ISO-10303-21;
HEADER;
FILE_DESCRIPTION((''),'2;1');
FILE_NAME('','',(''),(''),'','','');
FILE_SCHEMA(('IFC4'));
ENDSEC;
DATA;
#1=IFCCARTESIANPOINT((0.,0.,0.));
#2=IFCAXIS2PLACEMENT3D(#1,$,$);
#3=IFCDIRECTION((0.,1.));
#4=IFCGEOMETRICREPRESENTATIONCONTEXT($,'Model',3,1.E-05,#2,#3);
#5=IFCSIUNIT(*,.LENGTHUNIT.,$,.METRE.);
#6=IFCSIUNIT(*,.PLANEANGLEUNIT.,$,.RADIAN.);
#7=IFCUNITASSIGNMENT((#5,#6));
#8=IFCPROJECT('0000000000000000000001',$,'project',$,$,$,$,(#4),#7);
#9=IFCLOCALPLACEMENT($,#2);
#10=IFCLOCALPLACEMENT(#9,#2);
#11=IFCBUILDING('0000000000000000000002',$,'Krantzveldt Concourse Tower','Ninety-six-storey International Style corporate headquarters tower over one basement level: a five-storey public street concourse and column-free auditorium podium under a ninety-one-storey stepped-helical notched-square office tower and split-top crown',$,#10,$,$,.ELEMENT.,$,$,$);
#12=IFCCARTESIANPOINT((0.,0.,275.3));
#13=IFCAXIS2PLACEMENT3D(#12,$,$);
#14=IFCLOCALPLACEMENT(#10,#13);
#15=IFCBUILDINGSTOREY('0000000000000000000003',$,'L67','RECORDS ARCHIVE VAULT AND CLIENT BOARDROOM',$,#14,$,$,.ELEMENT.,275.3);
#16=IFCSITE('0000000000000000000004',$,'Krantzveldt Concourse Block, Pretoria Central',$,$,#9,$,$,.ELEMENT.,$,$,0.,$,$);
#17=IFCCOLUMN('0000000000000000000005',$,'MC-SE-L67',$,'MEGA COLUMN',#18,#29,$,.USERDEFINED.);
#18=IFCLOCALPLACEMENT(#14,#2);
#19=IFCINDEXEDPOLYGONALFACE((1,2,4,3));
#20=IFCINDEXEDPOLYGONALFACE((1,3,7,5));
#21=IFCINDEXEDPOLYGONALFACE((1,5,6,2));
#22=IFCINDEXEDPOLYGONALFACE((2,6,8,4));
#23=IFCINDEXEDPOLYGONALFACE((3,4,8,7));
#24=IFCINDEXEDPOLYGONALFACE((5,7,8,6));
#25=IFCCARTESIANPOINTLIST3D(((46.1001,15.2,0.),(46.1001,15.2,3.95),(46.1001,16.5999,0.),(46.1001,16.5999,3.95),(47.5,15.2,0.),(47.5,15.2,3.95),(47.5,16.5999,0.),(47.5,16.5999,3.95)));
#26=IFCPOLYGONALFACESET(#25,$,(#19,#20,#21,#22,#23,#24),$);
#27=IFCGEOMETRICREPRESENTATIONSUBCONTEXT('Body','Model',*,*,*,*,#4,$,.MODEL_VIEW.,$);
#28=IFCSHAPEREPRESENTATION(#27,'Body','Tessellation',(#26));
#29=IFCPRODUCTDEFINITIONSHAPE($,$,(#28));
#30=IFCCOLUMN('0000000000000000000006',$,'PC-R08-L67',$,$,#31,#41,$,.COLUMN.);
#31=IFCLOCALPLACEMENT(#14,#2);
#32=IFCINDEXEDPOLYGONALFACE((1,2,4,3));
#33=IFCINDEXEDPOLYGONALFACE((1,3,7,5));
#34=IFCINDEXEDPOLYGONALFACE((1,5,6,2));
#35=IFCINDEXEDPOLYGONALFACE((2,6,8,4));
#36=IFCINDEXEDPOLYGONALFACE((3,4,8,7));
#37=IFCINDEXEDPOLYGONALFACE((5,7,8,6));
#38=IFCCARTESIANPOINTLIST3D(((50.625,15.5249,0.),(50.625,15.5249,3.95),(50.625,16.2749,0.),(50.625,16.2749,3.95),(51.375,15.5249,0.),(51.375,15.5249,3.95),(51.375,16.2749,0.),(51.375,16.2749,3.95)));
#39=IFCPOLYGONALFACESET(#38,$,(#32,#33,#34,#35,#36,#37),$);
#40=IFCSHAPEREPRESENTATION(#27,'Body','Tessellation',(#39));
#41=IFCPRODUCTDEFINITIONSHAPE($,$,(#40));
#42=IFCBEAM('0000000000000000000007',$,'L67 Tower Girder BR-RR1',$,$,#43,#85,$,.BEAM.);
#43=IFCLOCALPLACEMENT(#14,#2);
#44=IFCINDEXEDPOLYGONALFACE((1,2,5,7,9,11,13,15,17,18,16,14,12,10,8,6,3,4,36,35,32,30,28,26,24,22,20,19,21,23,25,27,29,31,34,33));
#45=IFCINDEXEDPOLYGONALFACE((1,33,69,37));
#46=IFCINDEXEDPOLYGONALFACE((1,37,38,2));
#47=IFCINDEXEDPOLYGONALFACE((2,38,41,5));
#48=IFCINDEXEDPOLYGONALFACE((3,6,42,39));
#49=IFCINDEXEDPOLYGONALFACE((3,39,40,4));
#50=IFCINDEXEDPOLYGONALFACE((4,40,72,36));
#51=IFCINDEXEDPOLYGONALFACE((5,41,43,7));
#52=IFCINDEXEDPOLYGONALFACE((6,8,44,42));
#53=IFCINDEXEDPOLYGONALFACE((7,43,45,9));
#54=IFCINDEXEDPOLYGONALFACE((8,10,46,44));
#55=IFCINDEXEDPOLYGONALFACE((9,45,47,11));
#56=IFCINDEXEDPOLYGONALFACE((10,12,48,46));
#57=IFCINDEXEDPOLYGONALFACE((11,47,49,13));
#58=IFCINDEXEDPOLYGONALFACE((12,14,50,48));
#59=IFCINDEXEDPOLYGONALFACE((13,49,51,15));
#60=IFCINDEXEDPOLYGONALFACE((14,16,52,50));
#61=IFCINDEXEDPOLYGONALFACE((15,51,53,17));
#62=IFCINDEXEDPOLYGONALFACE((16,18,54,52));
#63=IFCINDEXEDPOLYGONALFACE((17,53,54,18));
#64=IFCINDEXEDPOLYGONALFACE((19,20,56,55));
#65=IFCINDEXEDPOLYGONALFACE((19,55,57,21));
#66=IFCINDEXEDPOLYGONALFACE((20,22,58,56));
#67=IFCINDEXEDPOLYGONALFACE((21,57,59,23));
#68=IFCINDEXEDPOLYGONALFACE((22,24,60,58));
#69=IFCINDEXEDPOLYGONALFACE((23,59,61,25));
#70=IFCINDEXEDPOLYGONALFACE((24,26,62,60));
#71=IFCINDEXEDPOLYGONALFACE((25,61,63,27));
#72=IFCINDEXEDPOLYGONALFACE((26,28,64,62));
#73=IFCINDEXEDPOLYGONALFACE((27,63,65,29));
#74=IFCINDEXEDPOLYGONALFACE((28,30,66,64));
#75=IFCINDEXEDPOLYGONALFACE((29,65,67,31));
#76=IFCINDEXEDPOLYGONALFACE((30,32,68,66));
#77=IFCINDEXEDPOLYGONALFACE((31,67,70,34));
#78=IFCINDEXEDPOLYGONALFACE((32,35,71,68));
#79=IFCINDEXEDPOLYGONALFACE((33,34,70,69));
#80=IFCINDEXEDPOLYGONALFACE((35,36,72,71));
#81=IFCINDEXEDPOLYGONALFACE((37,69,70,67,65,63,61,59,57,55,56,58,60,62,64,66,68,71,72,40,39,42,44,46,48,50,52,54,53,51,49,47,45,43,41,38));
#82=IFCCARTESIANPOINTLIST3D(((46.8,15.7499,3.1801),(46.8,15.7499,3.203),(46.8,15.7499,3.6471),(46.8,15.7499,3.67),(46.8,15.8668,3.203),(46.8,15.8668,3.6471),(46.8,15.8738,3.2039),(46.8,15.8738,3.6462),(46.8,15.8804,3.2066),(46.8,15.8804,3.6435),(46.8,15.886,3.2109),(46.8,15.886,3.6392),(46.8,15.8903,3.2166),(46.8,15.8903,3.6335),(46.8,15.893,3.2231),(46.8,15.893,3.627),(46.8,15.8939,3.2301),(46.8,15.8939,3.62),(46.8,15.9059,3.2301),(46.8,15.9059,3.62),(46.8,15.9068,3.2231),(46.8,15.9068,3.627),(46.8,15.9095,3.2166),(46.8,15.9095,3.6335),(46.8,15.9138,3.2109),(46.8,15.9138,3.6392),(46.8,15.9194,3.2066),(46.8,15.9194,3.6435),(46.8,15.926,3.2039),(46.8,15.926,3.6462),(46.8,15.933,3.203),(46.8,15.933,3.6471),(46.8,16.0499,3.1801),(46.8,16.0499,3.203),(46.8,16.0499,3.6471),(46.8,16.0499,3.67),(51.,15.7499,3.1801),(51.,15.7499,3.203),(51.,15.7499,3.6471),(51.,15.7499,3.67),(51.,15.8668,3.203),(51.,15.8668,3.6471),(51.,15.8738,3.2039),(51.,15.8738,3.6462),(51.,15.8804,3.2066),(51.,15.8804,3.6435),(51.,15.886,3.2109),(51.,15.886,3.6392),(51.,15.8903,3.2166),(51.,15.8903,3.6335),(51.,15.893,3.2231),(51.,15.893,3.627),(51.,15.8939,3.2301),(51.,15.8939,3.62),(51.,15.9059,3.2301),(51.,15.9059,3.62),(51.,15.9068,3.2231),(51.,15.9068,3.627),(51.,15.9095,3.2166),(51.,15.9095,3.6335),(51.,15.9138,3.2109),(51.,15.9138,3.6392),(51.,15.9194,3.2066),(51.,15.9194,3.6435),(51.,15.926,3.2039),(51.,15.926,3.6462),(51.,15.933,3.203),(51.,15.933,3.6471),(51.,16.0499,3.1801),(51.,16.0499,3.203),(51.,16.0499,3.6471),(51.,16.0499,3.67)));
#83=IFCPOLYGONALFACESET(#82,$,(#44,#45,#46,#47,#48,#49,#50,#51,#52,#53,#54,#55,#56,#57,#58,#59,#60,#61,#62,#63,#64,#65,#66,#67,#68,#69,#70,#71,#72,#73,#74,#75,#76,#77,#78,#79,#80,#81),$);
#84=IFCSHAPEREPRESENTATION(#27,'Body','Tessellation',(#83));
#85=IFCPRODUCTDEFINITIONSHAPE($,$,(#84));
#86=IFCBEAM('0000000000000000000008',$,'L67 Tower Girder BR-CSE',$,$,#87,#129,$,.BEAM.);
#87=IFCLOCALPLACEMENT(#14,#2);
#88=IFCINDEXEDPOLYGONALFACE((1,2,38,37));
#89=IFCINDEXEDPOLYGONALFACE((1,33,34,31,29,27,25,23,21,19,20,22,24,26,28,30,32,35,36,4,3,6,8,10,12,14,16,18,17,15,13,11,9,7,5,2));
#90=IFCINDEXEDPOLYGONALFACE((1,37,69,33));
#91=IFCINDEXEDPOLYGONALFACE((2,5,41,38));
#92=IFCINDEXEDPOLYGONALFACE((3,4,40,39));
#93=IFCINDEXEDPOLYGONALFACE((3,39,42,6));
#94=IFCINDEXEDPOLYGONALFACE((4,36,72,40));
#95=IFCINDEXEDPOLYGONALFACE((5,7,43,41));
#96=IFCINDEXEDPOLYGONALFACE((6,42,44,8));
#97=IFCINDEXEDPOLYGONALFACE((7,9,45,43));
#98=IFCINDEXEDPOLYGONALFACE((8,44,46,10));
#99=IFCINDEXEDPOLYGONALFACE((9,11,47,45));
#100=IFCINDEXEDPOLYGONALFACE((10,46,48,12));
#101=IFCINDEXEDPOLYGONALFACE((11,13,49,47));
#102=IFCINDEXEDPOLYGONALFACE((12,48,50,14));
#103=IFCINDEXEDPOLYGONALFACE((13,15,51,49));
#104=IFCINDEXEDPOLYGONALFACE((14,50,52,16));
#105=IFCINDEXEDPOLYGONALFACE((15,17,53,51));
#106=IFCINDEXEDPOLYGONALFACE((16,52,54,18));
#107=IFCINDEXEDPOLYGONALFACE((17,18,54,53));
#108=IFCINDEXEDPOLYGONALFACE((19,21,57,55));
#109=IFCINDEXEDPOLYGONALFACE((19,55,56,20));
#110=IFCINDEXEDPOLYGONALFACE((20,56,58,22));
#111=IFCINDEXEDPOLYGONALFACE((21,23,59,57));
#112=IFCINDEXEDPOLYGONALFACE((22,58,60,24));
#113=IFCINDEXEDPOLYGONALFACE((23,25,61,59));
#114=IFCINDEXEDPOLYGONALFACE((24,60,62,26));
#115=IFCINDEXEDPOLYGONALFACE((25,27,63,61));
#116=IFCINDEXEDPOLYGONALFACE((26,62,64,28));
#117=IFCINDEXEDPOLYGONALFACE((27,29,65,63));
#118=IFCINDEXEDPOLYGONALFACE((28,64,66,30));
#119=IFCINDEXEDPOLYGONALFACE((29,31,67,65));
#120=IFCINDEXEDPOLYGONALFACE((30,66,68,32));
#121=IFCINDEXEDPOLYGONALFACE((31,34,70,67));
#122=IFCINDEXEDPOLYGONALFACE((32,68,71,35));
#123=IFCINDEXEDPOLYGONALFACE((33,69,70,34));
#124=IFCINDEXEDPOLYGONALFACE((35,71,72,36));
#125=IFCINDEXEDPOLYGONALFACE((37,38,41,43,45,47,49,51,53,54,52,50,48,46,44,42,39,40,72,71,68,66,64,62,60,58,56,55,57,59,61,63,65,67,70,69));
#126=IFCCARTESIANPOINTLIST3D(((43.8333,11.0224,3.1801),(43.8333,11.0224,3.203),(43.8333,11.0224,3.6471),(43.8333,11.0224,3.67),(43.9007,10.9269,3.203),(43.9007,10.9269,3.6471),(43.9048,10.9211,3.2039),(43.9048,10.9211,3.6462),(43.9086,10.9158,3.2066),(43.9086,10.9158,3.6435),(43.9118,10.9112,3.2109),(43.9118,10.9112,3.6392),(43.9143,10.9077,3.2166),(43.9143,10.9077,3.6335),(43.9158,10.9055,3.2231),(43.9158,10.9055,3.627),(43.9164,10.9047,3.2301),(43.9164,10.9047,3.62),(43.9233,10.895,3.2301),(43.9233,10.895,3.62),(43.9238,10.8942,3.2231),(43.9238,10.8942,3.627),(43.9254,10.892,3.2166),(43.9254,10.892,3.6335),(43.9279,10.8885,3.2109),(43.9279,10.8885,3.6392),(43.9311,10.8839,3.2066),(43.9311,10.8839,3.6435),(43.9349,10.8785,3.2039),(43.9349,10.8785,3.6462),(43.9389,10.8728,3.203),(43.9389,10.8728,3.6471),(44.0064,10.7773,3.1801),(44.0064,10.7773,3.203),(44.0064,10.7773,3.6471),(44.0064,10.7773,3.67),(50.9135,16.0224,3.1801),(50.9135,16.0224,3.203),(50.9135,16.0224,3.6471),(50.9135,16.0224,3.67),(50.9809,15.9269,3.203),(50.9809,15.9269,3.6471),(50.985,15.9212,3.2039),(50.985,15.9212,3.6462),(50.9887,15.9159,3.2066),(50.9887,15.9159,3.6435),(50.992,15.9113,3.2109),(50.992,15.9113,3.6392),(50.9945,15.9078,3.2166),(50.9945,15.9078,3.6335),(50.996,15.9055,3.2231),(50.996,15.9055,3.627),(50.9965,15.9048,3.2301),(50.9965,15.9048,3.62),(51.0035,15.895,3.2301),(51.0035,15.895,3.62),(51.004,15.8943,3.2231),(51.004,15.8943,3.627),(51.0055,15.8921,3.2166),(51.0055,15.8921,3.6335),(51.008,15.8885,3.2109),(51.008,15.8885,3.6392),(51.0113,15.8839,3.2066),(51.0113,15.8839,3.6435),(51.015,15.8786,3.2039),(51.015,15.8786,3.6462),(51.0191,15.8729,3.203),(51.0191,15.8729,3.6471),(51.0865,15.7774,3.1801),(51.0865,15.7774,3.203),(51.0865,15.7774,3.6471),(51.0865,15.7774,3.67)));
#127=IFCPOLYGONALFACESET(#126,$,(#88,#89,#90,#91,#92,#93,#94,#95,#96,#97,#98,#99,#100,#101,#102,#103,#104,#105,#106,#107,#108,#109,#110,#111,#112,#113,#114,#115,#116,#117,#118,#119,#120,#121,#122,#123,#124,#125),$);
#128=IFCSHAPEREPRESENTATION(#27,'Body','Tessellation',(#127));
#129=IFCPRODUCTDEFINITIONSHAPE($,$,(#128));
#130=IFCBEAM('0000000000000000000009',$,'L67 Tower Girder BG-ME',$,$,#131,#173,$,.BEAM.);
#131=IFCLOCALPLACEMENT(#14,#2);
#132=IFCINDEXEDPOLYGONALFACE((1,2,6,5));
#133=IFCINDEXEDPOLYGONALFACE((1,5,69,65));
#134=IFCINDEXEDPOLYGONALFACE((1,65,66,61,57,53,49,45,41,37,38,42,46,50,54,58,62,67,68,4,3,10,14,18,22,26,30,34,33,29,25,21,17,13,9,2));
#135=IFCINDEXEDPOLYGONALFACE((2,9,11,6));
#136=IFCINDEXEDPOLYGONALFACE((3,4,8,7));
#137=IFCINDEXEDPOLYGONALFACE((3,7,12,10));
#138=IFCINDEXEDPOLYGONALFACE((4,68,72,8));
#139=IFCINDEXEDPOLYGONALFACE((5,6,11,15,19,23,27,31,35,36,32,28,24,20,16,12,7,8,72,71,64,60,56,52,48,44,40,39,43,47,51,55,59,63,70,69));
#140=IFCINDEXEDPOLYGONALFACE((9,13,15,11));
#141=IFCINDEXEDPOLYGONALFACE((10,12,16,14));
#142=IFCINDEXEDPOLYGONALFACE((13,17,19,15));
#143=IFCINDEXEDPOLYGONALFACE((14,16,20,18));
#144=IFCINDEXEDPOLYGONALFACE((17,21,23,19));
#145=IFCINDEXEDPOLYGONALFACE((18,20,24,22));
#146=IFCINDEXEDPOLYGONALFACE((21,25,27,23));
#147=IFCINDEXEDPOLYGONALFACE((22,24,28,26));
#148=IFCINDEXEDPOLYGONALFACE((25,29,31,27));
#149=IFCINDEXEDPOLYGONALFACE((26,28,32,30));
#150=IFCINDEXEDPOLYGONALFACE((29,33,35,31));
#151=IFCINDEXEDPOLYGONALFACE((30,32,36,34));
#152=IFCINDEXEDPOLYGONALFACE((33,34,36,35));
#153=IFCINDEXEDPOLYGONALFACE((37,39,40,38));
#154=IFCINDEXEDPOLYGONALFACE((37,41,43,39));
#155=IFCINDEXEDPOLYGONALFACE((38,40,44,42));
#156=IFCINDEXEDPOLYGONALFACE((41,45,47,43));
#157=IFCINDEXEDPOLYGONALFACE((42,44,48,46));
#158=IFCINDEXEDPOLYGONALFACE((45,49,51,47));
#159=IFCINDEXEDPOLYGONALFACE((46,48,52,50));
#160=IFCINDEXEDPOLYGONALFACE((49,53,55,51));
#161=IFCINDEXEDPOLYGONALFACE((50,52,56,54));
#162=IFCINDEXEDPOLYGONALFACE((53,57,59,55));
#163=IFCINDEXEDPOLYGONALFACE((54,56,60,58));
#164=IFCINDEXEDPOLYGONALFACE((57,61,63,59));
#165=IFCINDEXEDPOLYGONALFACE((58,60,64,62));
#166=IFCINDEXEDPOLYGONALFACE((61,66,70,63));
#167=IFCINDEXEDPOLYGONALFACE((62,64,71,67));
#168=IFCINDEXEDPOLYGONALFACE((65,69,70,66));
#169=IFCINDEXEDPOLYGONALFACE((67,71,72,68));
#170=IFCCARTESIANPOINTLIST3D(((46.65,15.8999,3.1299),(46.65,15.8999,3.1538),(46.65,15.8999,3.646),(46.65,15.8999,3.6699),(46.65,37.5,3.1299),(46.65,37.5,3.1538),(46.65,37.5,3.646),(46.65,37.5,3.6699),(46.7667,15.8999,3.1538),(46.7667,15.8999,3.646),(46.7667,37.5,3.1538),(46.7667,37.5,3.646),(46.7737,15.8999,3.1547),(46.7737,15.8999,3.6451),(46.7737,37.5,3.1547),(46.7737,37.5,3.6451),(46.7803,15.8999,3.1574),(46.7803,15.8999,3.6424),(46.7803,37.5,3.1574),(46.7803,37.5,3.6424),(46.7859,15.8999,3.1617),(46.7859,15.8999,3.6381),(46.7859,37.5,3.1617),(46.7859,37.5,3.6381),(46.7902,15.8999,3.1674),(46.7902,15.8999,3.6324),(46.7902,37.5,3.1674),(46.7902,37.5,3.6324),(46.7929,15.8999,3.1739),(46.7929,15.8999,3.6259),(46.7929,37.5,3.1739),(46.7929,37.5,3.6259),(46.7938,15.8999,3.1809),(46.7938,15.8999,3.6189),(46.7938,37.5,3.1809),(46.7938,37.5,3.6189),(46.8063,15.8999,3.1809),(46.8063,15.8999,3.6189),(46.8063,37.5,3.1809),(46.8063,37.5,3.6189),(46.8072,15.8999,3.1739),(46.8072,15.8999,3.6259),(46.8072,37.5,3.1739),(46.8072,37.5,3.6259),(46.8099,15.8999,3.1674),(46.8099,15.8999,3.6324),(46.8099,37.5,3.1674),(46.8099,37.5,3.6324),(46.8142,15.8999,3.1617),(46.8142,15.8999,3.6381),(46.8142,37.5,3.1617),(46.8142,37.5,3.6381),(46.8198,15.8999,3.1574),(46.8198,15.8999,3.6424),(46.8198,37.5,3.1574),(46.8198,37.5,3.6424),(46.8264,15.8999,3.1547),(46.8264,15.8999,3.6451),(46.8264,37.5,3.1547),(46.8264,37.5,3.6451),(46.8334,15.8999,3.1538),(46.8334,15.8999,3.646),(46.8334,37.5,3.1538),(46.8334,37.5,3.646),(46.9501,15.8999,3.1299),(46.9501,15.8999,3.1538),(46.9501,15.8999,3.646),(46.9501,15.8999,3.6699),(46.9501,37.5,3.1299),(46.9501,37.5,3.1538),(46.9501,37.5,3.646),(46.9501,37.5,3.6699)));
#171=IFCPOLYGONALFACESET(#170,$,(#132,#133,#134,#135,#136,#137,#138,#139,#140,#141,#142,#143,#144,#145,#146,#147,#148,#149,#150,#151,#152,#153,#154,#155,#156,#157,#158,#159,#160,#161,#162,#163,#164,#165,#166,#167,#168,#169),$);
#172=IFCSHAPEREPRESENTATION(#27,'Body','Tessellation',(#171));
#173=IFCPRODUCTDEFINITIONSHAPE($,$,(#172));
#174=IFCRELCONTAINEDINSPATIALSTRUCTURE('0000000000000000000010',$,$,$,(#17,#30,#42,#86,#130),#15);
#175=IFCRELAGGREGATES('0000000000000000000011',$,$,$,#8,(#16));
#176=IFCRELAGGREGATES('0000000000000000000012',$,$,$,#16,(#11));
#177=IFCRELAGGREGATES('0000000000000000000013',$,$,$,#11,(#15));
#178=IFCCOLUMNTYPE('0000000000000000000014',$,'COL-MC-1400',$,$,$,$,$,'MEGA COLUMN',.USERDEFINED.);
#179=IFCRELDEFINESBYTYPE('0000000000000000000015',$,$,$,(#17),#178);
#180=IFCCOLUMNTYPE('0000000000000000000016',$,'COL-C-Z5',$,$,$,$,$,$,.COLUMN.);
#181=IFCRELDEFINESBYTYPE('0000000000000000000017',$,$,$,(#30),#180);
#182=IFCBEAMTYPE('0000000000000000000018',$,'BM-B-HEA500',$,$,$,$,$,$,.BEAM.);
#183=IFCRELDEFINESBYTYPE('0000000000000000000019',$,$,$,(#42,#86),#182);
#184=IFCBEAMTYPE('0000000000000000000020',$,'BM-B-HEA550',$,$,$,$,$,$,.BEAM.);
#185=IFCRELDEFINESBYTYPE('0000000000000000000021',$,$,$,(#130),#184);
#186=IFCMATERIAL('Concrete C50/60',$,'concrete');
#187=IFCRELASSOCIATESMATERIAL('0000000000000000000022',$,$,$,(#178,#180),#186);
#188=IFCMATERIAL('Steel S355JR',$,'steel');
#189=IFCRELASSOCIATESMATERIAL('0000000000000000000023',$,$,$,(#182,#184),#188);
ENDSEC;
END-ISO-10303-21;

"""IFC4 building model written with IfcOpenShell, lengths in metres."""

from ifc_helpers import new_model, si_unit, direction, frame, origin, origin_2d, place, context, subcontext, project, spatial, rectangle, i_section, extrude, source, transform, mapped, material, material_profile, profile_set, type_object, type_shapes, element, save


model = new_model("IFC4")

# Units and contexts
model_context = context("Model", 3, precision=1e-05, world=origin(), true_north=direction((0.0, 1.0)))
body_context = subcontext(model_context, "Body", "Model", "MODEL_VIEW")
ifc_project = project(units=[si_unit("LENGTHUNIT", "METRE"), si_unit("PLANEANGLEUNIT", "RADIAN")], contexts=[model_context])

# Site, building, storey
site_placement = place(None, origin())
site = spatial("IfcSite", under=ifc_project, at=site_placement, Name="Krantzveldt Concourse Block, Pretoria Central", CompositionType="ELEMENT", RefElevation=0.0)
building_placement = place(site_placement, origin())
building = spatial("IfcBuilding", under=site, at=building_placement, Name="Krantzveldt Concourse Tower", Description="Ninety-six-storey International Style corporate headquarters tower over one basement level: a five-storey public street concourse and column-free auditorium podium under a ninety-one-storey stepped-helical notched-square office tower and split-top crown", CompositionType="ELEMENT")
storey_placement = place(building_placement, frame((0.0, 0.0, 275.3)))
storey = spatial("IfcBuildingStorey", under=building, at=storey_placement, Name="L67", Description="RECORDS ARCHIVE VAULT AND CLIENT BOARDROOM", CompositionType="ELEMENT", Elevation=275.3)

# Columns
ifc_material_1 = material(Name="Concrete C50/60", Category="concrete")
ifc_material_profile_1 = material_profile(ifc_material_1, rectangle(XDim=1.3999, YDim=1.3999, at=origin_2d()), Name="Concrete C50/60", Category="concrete")
ifc_profile_set_1 = profile_set([ifc_material_profile_1], Name="Concrete C50/60 - RC 1400x1400")
column_type_1 = type_object("IfcColumnType", Name="COL-MC-1400", ElementType="MEGA COLUMN", PredefinedType="USERDEFINED", material=ifc_profile_set_1)
shared_shape_1 = source(origin(), body_context, "Body", "SweptSolid", [
    extrude(rectangle(XDim=1.3999, YDim=1.3999, at=origin_2d()), origin(), (0.0, 0.0, 1.0), 3.95),
])
type_shapes(column_type_1, [shared_shape_1])
column_1_placement = place(storey_placement, frame((46.8, 15.8999, 0.0), z_axis=(0.0, 0.0, 1.0), x_axis=(1.0, 0.0, 0.0)))
element("IfcColumn", 1, at=column_1_placement, inside=storey, type_object=column_type_1, Name="MC-SE-L67", ObjectType="MEGA COLUMN", PredefinedType="USERDEFINED", context=body_context, shape_type="MappedRepresentation", body=[
    mapped(shared_shape_1, transform((0.0, 0.0, 0.0), x_axis=(1.0, 0.0, 0.0), y_axis=(0.0, 1.0, 0.0), z_axis=(0.0, 0.0, 1.0), scale=1.0)),
])
ifc_material_profile_2 = material_profile(ifc_material_1, rectangle(XDim=0.75, YDim=0.75, at=origin_2d()), Name="Concrete C50/60", Category="concrete")
ifc_profile_set_2 = profile_set([ifc_material_profile_2], Name="Concrete C50/60 - RC 750x750")
column_type_2 = type_object("IfcColumnType", Name="COL-C-Z5", PredefinedType="COLUMN", material=ifc_profile_set_2)
shared_shape_2 = source(origin(), body_context, "Body", "SweptSolid", [
    extrude(rectangle(XDim=0.75, YDim=0.75, at=origin_2d()), origin(), (0.0, 0.0, 1.0), 3.95),
])
type_shapes(column_type_2, [shared_shape_2])
column_2_placement = place(storey_placement, frame((51.0, 15.8999, 0.0), z_axis=(0.0, 0.0, 1.0), x_axis=(1.0, 0.0, 0.0)))
element("IfcColumn", 2, at=column_2_placement, inside=storey, type_object=column_type_2, Name="PC-R08-L67", PredefinedType="COLUMN", context=body_context, shape_type="MappedRepresentation", body=[
    mapped(shared_shape_2, transform((0.0, 0.0, 0.0), x_axis=(1.0, 0.0, 0.0), y_axis=(0.0, 1.0, 0.0), z_axis=(0.0, 0.0, 1.0), scale=1.0)),
])

# Beams
ifc_material_2 = material(Name="Steel S355JR", Category="steel")
ifc_material_profile_3 = material_profile(ifc_material_2, i_section(OverallWidth=0.3, OverallDepth=0.49, WebThickness=0.012, FlangeThickness=0.0229, FilletRadius=0.0271, at=origin_2d()), Name="Steel S355JR", Category="steel")
ifc_profile_set_3 = profile_set([ifc_material_profile_3], Name="Steel S355JR - HEA 500")
beam_type_1 = type_object("IfcBeamType", Name="BM-B-HEA500", PredefinedType="BEAM", material=ifc_profile_set_3)
shared_shape_3 = source(origin(), body_context, "Body", "SweptSolid", [
    extrude(i_section(OverallWidth=0.3, OverallDepth=0.49, WebThickness=0.012, FlangeThickness=0.0229, FilletRadius=0.0271, at=origin_2d()), origin(), (0.0, 0.0, 1.0), 4.2),
])
beam_1_placement = place(storey_placement, frame((46.8, 15.8999, 3.425), z_axis=(1.0, 0.0, 0.0), x_axis=(0.0, 1.0, 0.0)))
element("IfcBeam", 3, at=beam_1_placement, inside=storey, type_object=beam_type_1, Name="L67 Tower Girder BR-RR1", PredefinedType="BEAM", context=body_context, shape_type="MappedRepresentation", body=[
    mapped(shared_shape_3, transform((0.0, 0.0, 0.0), x_axis=(1.0, 0.0, 0.0), y_axis=(0.0, 1.0, 0.0), z_axis=(0.0, 0.0, 1.0), scale=1.0)),
])
shared_shape_4 = source(origin(), body_context, "Body", "SweptSolid", [
    extrude(i_section(OverallWidth=0.3, OverallDepth=0.49, WebThickness=0.012, FlangeThickness=0.0229, FilletRadius=0.0271, at=origin_2d()), origin(), (0.0, 0.0, 1.0), 8.6677),
])
type_shapes(beam_type_1, [shared_shape_3, shared_shape_4])
beam_2_placement = place(storey_placement, frame((51.0, 15.8999, 3.425), z_axis=(-0.816843, -0.57686, 0.0), x_axis=(0.57686, -0.816843, 0.0)))
element("IfcBeam", 4, at=beam_2_placement, inside=storey, type_object=beam_type_1, Name="L67 Tower Girder BR-CSE", PredefinedType="BEAM", context=body_context, shape_type="MappedRepresentation", body=[
    mapped(shared_shape_4, transform((0.0, 0.0, 0.0), x_axis=(1.0, 0.0, 0.0), y_axis=(0.0, 1.0, 0.0), z_axis=(0.0, 0.0, 1.0), scale=1.0)),
])
ifc_material_profile_4 = material_profile(ifc_material_2, i_section(OverallWidth=0.3, OverallDepth=0.54, WebThickness=0.0125, FlangeThickness=0.0239, FilletRadius=0.0271, at=origin_2d()), Name="Steel S355JR", Category="steel")
ifc_profile_set_4 = profile_set([ifc_material_profile_4], Name="Steel S355JR - HEA 550")
beam_type_2 = type_object("IfcBeamType", Name="BM-B-HEA550", PredefinedType="BEAM", material=ifc_profile_set_4)
shared_shape_5 = source(origin(), body_context, "Body", "SweptSolid", [
    extrude(i_section(OverallWidth=0.3, OverallDepth=0.54, WebThickness=0.0125, FlangeThickness=0.0239, FilletRadius=0.0271, at=origin_2d()), origin(), (0.0, 0.0, 1.0), 21.6001),
])
beam_3_placement = place(storey_placement, frame((46.8, 15.8999, 3.3999), z_axis=(0.0, 1.0, 0.0), x_axis=(-1.0, 0.0, 0.0)))
element("IfcBeam", 5, at=beam_3_placement, inside=storey, type_object=beam_type_2, Name="L67 Tower Girder BG-ME", PredefinedType="BEAM", context=body_context, shape_type="MappedRepresentation", body=[
    mapped(shared_shape_5, transform((0.0, 0.0, 0.0), x_axis=(1.0, 0.0, 0.0), y_axis=(0.0, 1.0, 0.0), z_axis=(0.0, 0.0, 1.0), scale=1.0)),
])

save(model, "model.ifc")
